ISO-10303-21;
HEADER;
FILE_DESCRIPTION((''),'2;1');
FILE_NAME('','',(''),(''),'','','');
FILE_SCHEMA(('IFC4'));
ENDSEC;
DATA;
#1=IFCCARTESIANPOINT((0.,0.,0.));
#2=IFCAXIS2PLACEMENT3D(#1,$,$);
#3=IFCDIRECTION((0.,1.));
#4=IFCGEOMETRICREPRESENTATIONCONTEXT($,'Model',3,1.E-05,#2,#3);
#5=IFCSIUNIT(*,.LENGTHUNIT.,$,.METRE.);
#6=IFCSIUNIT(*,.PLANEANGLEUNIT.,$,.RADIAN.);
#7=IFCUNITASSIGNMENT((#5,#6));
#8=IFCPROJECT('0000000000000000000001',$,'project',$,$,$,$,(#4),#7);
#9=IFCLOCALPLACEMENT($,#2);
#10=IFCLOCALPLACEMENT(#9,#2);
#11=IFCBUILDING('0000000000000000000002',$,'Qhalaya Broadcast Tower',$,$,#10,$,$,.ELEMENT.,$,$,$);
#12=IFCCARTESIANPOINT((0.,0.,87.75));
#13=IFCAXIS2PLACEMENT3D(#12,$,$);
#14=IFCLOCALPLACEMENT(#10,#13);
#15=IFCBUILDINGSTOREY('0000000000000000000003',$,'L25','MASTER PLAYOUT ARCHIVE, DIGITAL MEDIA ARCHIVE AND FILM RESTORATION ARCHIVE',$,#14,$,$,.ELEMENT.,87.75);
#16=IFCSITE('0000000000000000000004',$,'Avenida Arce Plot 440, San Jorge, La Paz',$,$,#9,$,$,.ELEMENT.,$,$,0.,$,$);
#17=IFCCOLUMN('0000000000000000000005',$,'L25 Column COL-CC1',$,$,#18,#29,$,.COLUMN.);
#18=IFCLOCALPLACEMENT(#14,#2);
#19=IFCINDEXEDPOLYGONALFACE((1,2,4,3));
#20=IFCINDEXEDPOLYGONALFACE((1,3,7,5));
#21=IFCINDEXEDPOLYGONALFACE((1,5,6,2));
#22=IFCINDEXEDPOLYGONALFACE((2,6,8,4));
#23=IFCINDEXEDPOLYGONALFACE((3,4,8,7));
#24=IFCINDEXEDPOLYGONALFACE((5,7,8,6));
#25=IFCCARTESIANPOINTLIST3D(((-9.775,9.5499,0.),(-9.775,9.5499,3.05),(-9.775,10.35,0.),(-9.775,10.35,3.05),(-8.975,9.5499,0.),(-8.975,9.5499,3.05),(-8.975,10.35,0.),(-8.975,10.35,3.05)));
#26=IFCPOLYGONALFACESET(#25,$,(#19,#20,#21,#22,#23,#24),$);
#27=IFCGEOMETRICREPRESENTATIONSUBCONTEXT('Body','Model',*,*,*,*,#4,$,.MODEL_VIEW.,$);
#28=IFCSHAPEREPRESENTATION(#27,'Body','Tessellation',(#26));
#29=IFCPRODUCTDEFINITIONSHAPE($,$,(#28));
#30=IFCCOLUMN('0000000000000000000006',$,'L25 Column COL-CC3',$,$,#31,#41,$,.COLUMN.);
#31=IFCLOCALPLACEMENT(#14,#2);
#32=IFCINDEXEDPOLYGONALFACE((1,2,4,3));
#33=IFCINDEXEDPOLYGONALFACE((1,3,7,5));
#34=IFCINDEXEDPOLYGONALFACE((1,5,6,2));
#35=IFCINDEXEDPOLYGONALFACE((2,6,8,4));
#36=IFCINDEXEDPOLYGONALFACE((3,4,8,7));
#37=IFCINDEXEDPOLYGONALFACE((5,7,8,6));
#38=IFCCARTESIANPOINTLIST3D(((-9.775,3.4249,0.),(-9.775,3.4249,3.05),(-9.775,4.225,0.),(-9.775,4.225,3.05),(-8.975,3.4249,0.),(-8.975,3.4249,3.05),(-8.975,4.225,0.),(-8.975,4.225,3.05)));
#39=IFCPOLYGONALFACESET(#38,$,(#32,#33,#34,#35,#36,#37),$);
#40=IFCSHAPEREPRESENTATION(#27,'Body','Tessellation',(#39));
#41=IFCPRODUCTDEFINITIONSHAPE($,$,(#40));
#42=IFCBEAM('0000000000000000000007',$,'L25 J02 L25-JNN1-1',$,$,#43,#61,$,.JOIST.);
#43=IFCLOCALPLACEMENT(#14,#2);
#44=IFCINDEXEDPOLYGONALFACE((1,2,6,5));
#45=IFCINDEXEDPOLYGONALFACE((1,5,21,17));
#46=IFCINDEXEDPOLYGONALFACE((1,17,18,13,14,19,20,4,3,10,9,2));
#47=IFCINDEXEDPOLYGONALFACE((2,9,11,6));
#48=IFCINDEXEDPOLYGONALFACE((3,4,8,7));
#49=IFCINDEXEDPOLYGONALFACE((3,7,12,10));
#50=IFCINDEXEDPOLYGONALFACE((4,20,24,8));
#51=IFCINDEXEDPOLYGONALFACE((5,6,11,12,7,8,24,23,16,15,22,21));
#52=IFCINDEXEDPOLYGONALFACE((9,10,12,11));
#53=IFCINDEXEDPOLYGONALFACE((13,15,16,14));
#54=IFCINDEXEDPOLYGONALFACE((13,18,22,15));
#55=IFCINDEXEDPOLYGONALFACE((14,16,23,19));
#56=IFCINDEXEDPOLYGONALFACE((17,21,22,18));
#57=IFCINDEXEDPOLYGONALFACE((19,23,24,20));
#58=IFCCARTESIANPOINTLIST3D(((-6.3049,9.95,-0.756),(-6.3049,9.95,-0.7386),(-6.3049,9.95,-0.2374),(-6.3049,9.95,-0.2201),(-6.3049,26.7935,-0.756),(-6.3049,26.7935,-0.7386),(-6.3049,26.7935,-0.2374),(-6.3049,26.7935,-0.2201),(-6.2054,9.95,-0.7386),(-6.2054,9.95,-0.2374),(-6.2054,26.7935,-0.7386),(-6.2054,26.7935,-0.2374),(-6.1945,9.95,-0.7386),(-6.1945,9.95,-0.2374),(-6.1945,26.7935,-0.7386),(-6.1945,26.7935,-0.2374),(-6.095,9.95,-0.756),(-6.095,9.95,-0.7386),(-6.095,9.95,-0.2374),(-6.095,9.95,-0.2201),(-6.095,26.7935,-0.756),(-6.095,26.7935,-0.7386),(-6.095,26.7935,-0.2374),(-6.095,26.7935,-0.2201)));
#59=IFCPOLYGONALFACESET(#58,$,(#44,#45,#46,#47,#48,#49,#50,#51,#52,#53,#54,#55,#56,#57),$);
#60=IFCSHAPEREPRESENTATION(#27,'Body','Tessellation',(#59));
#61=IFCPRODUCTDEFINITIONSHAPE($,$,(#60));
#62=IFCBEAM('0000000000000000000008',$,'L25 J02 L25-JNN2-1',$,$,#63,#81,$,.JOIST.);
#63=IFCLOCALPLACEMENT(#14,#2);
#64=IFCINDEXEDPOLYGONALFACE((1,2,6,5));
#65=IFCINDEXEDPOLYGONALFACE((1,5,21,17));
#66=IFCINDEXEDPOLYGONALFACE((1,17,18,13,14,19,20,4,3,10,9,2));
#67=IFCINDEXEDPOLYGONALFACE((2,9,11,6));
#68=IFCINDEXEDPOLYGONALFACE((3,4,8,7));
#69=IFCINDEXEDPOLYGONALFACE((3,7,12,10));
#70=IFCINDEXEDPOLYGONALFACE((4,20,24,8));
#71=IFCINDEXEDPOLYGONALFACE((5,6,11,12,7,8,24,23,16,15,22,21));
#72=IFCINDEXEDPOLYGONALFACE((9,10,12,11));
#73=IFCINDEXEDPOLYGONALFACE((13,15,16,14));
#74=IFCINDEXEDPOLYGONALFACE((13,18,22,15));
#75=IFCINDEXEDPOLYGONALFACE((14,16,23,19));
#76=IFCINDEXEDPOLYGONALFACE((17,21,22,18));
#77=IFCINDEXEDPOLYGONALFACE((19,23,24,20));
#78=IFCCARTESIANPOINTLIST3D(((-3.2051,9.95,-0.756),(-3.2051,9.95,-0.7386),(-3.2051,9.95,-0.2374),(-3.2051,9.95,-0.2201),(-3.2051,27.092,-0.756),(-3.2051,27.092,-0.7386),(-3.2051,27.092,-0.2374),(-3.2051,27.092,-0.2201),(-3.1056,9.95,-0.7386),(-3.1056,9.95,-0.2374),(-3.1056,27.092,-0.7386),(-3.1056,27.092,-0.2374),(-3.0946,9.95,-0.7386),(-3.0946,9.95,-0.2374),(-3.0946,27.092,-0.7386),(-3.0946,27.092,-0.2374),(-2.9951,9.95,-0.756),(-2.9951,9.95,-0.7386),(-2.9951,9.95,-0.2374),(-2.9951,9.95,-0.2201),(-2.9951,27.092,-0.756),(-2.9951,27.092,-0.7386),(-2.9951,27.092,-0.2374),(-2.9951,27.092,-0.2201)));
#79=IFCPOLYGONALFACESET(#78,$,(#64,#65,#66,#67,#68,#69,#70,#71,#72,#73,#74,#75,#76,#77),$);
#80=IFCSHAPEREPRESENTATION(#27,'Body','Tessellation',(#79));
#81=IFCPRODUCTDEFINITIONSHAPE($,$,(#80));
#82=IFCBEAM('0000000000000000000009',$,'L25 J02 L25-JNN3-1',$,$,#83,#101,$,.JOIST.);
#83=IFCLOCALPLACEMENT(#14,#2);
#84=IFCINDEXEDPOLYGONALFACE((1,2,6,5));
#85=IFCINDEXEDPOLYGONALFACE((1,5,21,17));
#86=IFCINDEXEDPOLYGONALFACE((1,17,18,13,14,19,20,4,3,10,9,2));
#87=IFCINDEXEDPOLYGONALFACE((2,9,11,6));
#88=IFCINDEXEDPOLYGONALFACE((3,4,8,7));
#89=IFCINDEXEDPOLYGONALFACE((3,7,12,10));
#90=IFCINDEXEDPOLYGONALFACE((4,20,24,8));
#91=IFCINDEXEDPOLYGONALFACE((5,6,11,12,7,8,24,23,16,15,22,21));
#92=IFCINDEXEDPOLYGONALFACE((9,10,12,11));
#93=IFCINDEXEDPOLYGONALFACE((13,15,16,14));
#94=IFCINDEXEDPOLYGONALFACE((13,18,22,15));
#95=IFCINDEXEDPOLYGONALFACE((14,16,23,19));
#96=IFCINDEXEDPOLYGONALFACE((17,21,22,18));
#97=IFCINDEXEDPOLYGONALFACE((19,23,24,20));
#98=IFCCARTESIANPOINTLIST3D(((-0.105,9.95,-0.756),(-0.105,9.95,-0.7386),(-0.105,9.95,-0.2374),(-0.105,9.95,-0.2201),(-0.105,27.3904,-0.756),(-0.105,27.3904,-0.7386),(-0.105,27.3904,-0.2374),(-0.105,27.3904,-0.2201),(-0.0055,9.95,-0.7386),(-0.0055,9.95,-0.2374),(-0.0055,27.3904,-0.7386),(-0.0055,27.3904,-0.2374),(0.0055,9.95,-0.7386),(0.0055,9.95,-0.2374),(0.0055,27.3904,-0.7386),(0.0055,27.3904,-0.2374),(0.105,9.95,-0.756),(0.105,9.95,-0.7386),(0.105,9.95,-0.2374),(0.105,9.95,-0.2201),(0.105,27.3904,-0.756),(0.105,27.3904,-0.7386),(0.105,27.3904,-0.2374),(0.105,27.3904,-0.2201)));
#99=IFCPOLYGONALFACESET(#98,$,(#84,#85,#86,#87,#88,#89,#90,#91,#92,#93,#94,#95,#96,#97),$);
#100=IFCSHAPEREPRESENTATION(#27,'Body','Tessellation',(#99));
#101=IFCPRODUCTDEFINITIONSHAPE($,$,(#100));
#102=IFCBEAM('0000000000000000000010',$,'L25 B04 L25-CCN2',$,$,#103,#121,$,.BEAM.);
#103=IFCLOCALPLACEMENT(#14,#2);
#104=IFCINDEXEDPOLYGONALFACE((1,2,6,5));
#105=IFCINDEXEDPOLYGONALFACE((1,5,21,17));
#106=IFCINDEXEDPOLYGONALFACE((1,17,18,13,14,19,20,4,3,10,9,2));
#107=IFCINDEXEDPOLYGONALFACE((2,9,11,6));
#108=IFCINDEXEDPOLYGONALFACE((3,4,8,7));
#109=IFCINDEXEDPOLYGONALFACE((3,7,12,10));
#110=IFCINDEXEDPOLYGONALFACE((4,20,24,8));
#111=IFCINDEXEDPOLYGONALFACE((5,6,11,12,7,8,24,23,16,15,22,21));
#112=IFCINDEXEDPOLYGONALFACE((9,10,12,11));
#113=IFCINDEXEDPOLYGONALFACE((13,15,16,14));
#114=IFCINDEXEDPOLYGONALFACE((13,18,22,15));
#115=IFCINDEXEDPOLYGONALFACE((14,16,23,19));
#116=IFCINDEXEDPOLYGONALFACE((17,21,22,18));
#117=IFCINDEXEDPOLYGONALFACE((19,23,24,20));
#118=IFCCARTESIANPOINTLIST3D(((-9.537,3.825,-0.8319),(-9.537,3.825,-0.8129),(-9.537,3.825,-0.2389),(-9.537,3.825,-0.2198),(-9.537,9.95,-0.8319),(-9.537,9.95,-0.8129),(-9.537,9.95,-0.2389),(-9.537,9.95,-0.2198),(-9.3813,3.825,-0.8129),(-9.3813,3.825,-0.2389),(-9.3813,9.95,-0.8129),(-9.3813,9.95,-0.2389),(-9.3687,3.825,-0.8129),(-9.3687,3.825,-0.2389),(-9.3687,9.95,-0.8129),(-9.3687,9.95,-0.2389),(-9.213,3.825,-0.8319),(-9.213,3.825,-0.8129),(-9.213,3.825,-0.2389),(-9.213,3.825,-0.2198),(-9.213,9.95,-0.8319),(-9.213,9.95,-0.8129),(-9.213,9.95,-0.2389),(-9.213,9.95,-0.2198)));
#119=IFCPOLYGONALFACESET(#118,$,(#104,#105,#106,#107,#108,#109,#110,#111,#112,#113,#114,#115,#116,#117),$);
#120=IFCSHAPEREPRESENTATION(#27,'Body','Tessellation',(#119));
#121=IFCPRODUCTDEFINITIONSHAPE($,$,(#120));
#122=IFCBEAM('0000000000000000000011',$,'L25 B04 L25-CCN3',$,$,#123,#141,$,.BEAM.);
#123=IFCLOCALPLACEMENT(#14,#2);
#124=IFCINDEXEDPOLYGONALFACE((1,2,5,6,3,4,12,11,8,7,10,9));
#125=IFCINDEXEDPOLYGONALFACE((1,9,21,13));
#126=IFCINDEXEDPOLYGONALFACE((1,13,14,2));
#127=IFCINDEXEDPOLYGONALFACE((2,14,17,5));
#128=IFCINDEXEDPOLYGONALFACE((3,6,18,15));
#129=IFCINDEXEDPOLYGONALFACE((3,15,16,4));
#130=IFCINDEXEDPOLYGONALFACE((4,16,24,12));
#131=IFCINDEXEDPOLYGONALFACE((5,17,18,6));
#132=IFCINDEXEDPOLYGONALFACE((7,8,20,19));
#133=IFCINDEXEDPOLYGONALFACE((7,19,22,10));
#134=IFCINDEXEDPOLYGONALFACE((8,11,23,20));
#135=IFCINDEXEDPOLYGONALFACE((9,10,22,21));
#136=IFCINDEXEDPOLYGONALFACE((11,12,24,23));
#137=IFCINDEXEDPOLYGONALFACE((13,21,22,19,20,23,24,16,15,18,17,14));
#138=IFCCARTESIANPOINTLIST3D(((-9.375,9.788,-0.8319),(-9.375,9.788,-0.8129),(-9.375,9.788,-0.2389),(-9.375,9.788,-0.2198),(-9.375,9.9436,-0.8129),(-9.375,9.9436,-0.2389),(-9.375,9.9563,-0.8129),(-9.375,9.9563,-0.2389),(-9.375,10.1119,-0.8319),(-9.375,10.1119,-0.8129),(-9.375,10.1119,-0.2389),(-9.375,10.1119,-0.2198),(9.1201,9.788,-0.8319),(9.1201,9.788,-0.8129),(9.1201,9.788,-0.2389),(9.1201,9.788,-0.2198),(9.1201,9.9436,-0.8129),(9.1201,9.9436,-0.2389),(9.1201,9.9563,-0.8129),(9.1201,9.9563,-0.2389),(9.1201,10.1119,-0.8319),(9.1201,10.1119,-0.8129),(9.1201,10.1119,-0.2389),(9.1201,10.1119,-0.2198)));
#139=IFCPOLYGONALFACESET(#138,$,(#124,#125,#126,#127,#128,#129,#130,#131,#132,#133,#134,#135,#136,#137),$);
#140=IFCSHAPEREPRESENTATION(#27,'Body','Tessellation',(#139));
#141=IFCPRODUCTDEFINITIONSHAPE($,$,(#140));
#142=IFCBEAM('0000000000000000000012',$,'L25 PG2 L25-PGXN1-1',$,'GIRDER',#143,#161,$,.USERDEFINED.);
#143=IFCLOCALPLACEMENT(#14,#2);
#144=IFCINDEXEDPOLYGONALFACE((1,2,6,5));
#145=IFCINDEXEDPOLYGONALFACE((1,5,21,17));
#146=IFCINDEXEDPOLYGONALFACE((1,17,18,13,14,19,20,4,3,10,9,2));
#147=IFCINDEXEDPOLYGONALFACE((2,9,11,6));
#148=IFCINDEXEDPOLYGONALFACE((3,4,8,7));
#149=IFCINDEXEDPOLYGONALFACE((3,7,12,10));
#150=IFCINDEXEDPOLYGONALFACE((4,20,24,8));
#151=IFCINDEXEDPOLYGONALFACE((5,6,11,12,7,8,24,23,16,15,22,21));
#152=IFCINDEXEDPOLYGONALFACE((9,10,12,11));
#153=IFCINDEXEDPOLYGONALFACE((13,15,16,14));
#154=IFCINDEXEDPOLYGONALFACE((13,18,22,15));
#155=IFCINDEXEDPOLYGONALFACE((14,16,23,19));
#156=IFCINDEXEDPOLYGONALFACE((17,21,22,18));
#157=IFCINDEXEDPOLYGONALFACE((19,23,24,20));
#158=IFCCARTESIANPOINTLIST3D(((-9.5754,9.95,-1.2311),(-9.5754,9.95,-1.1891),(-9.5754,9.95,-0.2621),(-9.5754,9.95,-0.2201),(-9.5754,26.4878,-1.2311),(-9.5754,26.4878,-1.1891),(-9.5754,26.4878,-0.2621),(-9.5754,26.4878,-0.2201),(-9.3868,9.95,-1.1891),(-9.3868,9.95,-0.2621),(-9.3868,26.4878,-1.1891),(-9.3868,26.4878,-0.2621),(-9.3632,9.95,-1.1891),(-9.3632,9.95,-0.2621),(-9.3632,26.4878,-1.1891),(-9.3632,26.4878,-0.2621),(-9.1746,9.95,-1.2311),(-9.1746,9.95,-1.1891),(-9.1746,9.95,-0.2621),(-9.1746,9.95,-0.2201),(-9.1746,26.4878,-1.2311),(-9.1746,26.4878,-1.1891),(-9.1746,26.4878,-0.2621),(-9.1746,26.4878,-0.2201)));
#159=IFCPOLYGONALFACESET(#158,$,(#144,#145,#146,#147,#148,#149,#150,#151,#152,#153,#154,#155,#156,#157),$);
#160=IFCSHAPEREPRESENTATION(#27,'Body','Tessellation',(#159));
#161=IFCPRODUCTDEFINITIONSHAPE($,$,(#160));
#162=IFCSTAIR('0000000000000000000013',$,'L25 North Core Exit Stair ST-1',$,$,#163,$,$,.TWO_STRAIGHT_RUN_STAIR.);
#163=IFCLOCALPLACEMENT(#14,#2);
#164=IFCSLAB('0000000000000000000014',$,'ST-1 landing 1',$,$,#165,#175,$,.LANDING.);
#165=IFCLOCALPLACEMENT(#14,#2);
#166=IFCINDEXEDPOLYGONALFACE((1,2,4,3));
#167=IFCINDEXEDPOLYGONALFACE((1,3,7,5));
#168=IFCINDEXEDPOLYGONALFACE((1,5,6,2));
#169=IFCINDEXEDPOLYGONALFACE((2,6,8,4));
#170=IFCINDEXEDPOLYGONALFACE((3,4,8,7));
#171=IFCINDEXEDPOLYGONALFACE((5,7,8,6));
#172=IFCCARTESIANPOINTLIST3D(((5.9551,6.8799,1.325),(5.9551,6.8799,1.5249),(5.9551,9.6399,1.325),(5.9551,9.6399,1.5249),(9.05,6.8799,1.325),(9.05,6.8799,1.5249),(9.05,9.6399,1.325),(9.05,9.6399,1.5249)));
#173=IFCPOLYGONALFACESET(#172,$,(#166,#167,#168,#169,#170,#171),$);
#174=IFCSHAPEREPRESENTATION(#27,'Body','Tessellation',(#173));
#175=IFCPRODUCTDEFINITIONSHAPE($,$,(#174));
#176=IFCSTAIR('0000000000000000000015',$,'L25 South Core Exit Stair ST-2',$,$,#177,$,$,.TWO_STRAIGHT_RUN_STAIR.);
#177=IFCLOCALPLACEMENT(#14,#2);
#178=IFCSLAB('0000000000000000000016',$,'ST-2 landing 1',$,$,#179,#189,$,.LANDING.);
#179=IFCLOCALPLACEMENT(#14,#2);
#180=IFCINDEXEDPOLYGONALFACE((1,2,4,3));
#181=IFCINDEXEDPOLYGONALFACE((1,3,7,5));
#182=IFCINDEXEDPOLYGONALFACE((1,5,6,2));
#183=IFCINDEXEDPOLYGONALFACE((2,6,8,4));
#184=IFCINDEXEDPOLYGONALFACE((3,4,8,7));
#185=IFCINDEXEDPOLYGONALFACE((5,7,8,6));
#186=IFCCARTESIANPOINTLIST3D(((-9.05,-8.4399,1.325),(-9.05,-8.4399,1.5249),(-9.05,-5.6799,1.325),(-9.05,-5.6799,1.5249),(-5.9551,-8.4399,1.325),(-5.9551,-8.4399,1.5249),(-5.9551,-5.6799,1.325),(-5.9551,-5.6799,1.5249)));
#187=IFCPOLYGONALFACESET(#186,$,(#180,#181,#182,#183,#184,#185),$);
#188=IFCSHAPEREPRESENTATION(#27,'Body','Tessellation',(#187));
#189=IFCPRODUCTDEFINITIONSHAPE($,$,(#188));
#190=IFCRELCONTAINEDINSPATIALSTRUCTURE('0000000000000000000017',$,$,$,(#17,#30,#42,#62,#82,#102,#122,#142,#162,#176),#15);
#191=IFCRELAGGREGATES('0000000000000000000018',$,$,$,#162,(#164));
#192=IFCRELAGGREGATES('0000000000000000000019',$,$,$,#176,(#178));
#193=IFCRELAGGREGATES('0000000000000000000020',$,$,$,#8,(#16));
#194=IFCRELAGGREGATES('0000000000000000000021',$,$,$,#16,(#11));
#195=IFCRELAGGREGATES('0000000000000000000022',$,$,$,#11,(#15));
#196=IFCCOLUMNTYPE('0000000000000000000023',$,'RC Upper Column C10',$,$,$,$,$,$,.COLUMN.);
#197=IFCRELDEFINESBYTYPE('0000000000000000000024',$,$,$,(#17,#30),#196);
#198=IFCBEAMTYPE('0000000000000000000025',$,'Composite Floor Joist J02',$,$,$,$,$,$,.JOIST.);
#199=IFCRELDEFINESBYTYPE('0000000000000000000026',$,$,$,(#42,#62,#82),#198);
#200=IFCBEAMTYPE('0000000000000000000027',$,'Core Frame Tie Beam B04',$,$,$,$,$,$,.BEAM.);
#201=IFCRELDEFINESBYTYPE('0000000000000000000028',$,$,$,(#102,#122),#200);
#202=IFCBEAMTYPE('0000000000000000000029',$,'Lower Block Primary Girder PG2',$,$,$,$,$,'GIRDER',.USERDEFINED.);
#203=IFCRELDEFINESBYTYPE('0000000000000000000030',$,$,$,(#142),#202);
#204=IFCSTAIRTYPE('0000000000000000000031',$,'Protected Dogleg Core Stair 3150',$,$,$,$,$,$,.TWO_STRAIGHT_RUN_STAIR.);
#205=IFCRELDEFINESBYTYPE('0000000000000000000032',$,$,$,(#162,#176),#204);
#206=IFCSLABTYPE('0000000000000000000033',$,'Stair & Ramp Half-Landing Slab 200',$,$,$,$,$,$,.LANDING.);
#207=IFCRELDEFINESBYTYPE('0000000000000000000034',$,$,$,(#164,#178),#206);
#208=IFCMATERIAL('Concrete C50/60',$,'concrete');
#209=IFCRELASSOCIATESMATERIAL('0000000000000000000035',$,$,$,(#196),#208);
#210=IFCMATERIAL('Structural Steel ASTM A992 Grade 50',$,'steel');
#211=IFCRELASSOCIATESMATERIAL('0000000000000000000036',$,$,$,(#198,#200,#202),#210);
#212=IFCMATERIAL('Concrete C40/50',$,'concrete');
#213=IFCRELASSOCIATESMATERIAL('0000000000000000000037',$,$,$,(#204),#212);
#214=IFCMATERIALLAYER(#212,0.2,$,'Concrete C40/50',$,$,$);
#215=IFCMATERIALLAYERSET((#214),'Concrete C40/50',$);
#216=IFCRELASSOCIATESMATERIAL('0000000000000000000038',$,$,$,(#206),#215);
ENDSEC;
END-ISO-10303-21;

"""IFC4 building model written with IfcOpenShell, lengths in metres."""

from ifc_helpers import new_model, si_unit, direction, frame, origin, origin_2d, place, context, subcontext, project, spatial, polyline, rectangle, i_section, outline, extrude, material, layer, layer_set, material_profile, profile_set, type_object, element, aggregate, save


model = new_model("IFC4")

# Units and contexts
model_context = context("Model", 3, precision=1e-05, world=origin(), true_north=direction((0.0, 1.0)))
body_context = subcontext(model_context, "Body", "Model", "MODEL_VIEW")
ifc_project = project(units=[si_unit("LENGTHUNIT", "METRE"), si_unit("PLANEANGLEUNIT", "RADIAN")], contexts=[model_context])

# Site, building, storey
site_placement = place(None, origin())
site = spatial("IfcSite", under=ifc_project, at=site_placement, Name="Avenida Arce Plot 440, San Jorge, La Paz", CompositionType="ELEMENT", RefElevation=0.0)
building_placement = place(site_placement, origin())
building = spatial("IfcBuilding", under=site, at=building_placement, Name="Qhalaya Broadcast Tower", CompositionType="ELEMENT")
storey_placement = place(building_placement, frame((0.0, 0.0, 87.75)))
storey = spatial("IfcBuildingStorey", under=building, at=storey_placement, Name="L25", Description="MASTER PLAYOUT ARCHIVE, DIGITAL MEDIA ARCHIVE AND FILM RESTORATION ARCHIVE", CompositionType="ELEMENT", Elevation=87.75)

# Columns
ifc_material_1 = material(Name="Concrete C50/60", Category="concrete")
ifc_material_profile_1 = material_profile(ifc_material_1, rectangle(XDim=0.8, YDim=0.8, at=origin_2d()), Name="RC-COL 800x800")
ifc_profile_set_1 = profile_set([ifc_material_profile_1], Name="Concrete C50/60")
column_type = type_object("IfcColumnType", Name="RC Upper Column C10", PredefinedType="COLUMN", material=ifc_profile_set_1)
for number, where, z_axis, x_axis, name in (
    (1, (-9.375, 9.95, 0.0), (0.0, 0.0, 1.0), (1.0, 0.0, 0.0), "L25 Column COL-CC1"),
    (2, (-9.375, 3.825, 0.0), (0.0, 0.0, 1.0), (1.0, 0.0, 0.0), "L25 Column COL-CC3"),
):
    element("IfcColumn", number, at=place(storey_placement, frame(where, z_axis=z_axis, x_axis=x_axis)), inside=storey, type_object=column_type, Name=name, PredefinedType="COLUMN", context=body_context, shape_type="SweptSolid", body=[
        extrude(rectangle(XDim=0.8, YDim=0.8, at=origin_2d()), origin(), (0.0, 0.0, 1.0), 3.05),
    ])

# Beams
ifc_material_2 = material(Name="Structural Steel ASTM A992 Grade 50", Category="steel")
ifc_material_profile_2 = material_profile(ifc_material_2, i_section(OverallWidth=0.21, OverallDepth=0.5359, WebThickness=0.011, FlangeThickness=0.0173, at=origin_2d()), Name="W21X68")
ifc_profile_set_2 = profile_set([ifc_material_profile_2], Name="Structural Steel ASTM A992 Grade 50")
beam_type_1 = type_object("IfcBeamType", Name="Composite Floor Joist J02", PredefinedType="JOIST", material=ifc_profile_set_2)
beam_1_placement = place(storey_placement, frame((-6.2, 9.95, -0.488), z_axis=(0.0, 1.0, 0.0), x_axis=(-1.0, 0.0, 0.0)))
element("IfcBeam", 3, at=beam_1_placement, inside=storey, type_object=beam_type_1, Name="L25 J02 L25-JNN1-1", PredefinedType="JOIST", context=body_context, shape_type="SweptSolid", body=[
    extrude(i_section(OverallWidth=0.21, OverallDepth=0.5359, WebThickness=0.011, FlangeThickness=0.0173, at=origin_2d()), origin(), (0.0, 0.0, 1.0), 16.8435),
])
beam_2_placement = place(storey_placement, frame((-3.1001, 9.95, -0.488), z_axis=(0.0, 1.0, 0.0), x_axis=(-1.0, 0.0, 0.0)))
element("IfcBeam", 4, at=beam_2_placement, inside=storey, type_object=beam_type_1, Name="L25 J02 L25-JNN2-1", PredefinedType="JOIST", context=body_context, shape_type="SweptSolid", body=[
    extrude(i_section(OverallWidth=0.21, OverallDepth=0.5359, WebThickness=0.011, FlangeThickness=0.0173, at=origin_2d()), origin(), (0.0, 0.0, 1.0), 17.1421),
])
beam_3_placement = place(storey_placement, frame((0.0, 9.95, -0.488), z_axis=(0.0, 1.0, 0.0), x_axis=(-1.0, 0.0, 0.0)))
element("IfcBeam", 5, at=beam_3_placement, inside=storey, type_object=beam_type_1, Name="L25 J02 L25-JNN3-1", PredefinedType="JOIST", context=body_context, shape_type="SweptSolid", body=[
    extrude(i_section(OverallWidth=0.21, OverallDepth=0.5359, WebThickness=0.011, FlangeThickness=0.0173, at=origin_2d()), origin(), (0.0, 0.0, 1.0), 17.4404),
])
ifc_material_profile_3 = material_profile(ifc_material_2, i_section(OverallWidth=0.324, OverallDepth=0.6121, WebThickness=0.0127, FlangeThickness=0.019, at=origin_2d()), Name="W24X104")
ifc_profile_set_3 = profile_set([ifc_material_profile_3], Name="Structural Steel ASTM A992 Grade 50")
beam_type_2 = type_object("IfcBeamType", Name="Core Frame Tie Beam B04", PredefinedType="BEAM", material=ifc_profile_set_3)
beam_4_placement = place(storey_placement, frame((-9.375, 3.825, -0.5259), z_axis=(0.0, 1.0, 0.0), x_axis=(-1.0, 0.0, 0.0)))
element("IfcBeam", 6, at=beam_4_placement, inside=storey, type_object=beam_type_2, Name="L25 B04 L25-CCN2", PredefinedType="BEAM", context=body_context, shape_type="SweptSolid", body=[
    extrude(i_section(OverallWidth=0.324, OverallDepth=0.6121, WebThickness=0.0127, FlangeThickness=0.019, at=origin_2d()), origin(), (0.0, 0.0, 1.0), 6.125),
])
beam_5_placement = place(storey_placement, frame((-9.375, 9.95, -0.5259), z_axis=(1.0, 0.0, 0.0), x_axis=(0.0, 1.0, 0.0)))
element("IfcBeam", 7, at=beam_5_placement, inside=storey, type_object=beam_type_2, Name="L25 B04 L25-CCN3", PredefinedType="BEAM", context=body_context, shape_type="SweptSolid", body=[
    extrude(i_section(OverallWidth=0.324, OverallDepth=0.6121, WebThickness=0.0127, FlangeThickness=0.019, at=origin_2d()), origin(), (0.0, 0.0, 1.0), 18.4951),
])
ifc_material_profile_4 = material_profile(ifc_material_2, i_section(OverallWidth=0.4009, OverallDepth=1.011, WebThickness=0.0237, FlangeThickness=0.042, at=origin_2d()), Name="W40X297")
ifc_profile_set_4 = profile_set([ifc_material_profile_4], Name="Structural Steel ASTM A992 Grade 50")
beam_type_3 = type_object("IfcBeamType", Name="Lower Block Primary Girder PG2", ElementType="GIRDER", PredefinedType="USERDEFINED", material=ifc_profile_set_4)
beam_6_placement = place(storey_placement, frame((-9.375, 9.95, -0.7256), z_axis=(0.0, 1.0, 0.0), x_axis=(-1.0, 0.0, 0.0)))
element("IfcBeam", 8, at=beam_6_placement, inside=storey, type_object=beam_type_3, Name="L25 PG2 L25-PGXN1-1", ObjectType="GIRDER", PredefinedType="USERDEFINED", context=body_context, shape_type="SweptSolid", body=[
    extrude(i_section(OverallWidth=0.4009, OverallDepth=1.011, WebThickness=0.0237, FlangeThickness=0.042, at=origin_2d()), origin(), (0.0, 0.0, 1.0), 16.5378),
])

# Stairs, slabs
ifc_material_3 = material(Name="Concrete C40/50", Category="concrete")
stair_type = type_object("IfcStairType", Name="Protected Dogleg Core Stair 3150", PredefinedType="TWO_STRAIGHT_RUN_STAIR", material=ifc_material_3)
stair_1_placement = place(storey_placement, origin())
stair_1 = element("IfcStair", 9, at=stair_1_placement, inside=storey, type_object=stair_type, Name="L25 North Core Exit Stair ST-1", PredefinedType="TWO_STRAIGHT_RUN_STAIR")
ifc_layer_1 = layer(ifc_material_3, 0.2, Name="Concrete C40/50")
ifc_layer_set_1 = layer_set([ifc_layer_1], Name="Concrete C40/50")
slab_type_1 = type_object("IfcSlabType", Name="Stair & Ramp Half-Landing Slab 200", PredefinedType="LANDING", material=ifc_layer_set_1)
slab_1_placement = place(storey_placement, frame((0.0, 0.0, 1.325)))
slab_1 = element("IfcSlab", 10, at=slab_1_placement, type_object=slab_type_1, Name="ST-1 landing 1", PredefinedType="LANDING", context=body_context, shape_type="SweptSolid", body=[
    extrude(outline(polyline([(5.9551, 6.8799), (9.05, 6.8799), (9.05, 9.6399), (5.9551, 9.6399), (5.9551, 6.8799)])), origin(), (0.0, 0.0, 1.0), 0.2),
])
aggregate(stair_1, [slab_1])
stair_2_placement = place(storey_placement, origin())
stair_2 = element("IfcStair", 11, at=stair_2_placement, inside=storey, type_object=stair_type, Name="L25 South Core Exit Stair ST-2", PredefinedType="TWO_STRAIGHT_RUN_STAIR")
slab_2_placement = place(storey_placement, frame((0.0, 0.0, 1.325)))
slab_2 = element("IfcSlab", 12, at=slab_2_placement, type_object=slab_type_1, Name="ST-2 landing 1", PredefinedType="LANDING", context=body_context, shape_type="SweptSolid", body=[
    extrude(outline(polyline([(-5.9551, -5.6799), (-9.05, -5.6799), (-9.05, -8.4399), (-5.9551, -8.4399), (-5.9551, -5.6799)])), origin(), (0.0, 0.0, 1.0), 0.2),
])
aggregate(stair_2, [slab_2])

save(model, "model.ifc")
